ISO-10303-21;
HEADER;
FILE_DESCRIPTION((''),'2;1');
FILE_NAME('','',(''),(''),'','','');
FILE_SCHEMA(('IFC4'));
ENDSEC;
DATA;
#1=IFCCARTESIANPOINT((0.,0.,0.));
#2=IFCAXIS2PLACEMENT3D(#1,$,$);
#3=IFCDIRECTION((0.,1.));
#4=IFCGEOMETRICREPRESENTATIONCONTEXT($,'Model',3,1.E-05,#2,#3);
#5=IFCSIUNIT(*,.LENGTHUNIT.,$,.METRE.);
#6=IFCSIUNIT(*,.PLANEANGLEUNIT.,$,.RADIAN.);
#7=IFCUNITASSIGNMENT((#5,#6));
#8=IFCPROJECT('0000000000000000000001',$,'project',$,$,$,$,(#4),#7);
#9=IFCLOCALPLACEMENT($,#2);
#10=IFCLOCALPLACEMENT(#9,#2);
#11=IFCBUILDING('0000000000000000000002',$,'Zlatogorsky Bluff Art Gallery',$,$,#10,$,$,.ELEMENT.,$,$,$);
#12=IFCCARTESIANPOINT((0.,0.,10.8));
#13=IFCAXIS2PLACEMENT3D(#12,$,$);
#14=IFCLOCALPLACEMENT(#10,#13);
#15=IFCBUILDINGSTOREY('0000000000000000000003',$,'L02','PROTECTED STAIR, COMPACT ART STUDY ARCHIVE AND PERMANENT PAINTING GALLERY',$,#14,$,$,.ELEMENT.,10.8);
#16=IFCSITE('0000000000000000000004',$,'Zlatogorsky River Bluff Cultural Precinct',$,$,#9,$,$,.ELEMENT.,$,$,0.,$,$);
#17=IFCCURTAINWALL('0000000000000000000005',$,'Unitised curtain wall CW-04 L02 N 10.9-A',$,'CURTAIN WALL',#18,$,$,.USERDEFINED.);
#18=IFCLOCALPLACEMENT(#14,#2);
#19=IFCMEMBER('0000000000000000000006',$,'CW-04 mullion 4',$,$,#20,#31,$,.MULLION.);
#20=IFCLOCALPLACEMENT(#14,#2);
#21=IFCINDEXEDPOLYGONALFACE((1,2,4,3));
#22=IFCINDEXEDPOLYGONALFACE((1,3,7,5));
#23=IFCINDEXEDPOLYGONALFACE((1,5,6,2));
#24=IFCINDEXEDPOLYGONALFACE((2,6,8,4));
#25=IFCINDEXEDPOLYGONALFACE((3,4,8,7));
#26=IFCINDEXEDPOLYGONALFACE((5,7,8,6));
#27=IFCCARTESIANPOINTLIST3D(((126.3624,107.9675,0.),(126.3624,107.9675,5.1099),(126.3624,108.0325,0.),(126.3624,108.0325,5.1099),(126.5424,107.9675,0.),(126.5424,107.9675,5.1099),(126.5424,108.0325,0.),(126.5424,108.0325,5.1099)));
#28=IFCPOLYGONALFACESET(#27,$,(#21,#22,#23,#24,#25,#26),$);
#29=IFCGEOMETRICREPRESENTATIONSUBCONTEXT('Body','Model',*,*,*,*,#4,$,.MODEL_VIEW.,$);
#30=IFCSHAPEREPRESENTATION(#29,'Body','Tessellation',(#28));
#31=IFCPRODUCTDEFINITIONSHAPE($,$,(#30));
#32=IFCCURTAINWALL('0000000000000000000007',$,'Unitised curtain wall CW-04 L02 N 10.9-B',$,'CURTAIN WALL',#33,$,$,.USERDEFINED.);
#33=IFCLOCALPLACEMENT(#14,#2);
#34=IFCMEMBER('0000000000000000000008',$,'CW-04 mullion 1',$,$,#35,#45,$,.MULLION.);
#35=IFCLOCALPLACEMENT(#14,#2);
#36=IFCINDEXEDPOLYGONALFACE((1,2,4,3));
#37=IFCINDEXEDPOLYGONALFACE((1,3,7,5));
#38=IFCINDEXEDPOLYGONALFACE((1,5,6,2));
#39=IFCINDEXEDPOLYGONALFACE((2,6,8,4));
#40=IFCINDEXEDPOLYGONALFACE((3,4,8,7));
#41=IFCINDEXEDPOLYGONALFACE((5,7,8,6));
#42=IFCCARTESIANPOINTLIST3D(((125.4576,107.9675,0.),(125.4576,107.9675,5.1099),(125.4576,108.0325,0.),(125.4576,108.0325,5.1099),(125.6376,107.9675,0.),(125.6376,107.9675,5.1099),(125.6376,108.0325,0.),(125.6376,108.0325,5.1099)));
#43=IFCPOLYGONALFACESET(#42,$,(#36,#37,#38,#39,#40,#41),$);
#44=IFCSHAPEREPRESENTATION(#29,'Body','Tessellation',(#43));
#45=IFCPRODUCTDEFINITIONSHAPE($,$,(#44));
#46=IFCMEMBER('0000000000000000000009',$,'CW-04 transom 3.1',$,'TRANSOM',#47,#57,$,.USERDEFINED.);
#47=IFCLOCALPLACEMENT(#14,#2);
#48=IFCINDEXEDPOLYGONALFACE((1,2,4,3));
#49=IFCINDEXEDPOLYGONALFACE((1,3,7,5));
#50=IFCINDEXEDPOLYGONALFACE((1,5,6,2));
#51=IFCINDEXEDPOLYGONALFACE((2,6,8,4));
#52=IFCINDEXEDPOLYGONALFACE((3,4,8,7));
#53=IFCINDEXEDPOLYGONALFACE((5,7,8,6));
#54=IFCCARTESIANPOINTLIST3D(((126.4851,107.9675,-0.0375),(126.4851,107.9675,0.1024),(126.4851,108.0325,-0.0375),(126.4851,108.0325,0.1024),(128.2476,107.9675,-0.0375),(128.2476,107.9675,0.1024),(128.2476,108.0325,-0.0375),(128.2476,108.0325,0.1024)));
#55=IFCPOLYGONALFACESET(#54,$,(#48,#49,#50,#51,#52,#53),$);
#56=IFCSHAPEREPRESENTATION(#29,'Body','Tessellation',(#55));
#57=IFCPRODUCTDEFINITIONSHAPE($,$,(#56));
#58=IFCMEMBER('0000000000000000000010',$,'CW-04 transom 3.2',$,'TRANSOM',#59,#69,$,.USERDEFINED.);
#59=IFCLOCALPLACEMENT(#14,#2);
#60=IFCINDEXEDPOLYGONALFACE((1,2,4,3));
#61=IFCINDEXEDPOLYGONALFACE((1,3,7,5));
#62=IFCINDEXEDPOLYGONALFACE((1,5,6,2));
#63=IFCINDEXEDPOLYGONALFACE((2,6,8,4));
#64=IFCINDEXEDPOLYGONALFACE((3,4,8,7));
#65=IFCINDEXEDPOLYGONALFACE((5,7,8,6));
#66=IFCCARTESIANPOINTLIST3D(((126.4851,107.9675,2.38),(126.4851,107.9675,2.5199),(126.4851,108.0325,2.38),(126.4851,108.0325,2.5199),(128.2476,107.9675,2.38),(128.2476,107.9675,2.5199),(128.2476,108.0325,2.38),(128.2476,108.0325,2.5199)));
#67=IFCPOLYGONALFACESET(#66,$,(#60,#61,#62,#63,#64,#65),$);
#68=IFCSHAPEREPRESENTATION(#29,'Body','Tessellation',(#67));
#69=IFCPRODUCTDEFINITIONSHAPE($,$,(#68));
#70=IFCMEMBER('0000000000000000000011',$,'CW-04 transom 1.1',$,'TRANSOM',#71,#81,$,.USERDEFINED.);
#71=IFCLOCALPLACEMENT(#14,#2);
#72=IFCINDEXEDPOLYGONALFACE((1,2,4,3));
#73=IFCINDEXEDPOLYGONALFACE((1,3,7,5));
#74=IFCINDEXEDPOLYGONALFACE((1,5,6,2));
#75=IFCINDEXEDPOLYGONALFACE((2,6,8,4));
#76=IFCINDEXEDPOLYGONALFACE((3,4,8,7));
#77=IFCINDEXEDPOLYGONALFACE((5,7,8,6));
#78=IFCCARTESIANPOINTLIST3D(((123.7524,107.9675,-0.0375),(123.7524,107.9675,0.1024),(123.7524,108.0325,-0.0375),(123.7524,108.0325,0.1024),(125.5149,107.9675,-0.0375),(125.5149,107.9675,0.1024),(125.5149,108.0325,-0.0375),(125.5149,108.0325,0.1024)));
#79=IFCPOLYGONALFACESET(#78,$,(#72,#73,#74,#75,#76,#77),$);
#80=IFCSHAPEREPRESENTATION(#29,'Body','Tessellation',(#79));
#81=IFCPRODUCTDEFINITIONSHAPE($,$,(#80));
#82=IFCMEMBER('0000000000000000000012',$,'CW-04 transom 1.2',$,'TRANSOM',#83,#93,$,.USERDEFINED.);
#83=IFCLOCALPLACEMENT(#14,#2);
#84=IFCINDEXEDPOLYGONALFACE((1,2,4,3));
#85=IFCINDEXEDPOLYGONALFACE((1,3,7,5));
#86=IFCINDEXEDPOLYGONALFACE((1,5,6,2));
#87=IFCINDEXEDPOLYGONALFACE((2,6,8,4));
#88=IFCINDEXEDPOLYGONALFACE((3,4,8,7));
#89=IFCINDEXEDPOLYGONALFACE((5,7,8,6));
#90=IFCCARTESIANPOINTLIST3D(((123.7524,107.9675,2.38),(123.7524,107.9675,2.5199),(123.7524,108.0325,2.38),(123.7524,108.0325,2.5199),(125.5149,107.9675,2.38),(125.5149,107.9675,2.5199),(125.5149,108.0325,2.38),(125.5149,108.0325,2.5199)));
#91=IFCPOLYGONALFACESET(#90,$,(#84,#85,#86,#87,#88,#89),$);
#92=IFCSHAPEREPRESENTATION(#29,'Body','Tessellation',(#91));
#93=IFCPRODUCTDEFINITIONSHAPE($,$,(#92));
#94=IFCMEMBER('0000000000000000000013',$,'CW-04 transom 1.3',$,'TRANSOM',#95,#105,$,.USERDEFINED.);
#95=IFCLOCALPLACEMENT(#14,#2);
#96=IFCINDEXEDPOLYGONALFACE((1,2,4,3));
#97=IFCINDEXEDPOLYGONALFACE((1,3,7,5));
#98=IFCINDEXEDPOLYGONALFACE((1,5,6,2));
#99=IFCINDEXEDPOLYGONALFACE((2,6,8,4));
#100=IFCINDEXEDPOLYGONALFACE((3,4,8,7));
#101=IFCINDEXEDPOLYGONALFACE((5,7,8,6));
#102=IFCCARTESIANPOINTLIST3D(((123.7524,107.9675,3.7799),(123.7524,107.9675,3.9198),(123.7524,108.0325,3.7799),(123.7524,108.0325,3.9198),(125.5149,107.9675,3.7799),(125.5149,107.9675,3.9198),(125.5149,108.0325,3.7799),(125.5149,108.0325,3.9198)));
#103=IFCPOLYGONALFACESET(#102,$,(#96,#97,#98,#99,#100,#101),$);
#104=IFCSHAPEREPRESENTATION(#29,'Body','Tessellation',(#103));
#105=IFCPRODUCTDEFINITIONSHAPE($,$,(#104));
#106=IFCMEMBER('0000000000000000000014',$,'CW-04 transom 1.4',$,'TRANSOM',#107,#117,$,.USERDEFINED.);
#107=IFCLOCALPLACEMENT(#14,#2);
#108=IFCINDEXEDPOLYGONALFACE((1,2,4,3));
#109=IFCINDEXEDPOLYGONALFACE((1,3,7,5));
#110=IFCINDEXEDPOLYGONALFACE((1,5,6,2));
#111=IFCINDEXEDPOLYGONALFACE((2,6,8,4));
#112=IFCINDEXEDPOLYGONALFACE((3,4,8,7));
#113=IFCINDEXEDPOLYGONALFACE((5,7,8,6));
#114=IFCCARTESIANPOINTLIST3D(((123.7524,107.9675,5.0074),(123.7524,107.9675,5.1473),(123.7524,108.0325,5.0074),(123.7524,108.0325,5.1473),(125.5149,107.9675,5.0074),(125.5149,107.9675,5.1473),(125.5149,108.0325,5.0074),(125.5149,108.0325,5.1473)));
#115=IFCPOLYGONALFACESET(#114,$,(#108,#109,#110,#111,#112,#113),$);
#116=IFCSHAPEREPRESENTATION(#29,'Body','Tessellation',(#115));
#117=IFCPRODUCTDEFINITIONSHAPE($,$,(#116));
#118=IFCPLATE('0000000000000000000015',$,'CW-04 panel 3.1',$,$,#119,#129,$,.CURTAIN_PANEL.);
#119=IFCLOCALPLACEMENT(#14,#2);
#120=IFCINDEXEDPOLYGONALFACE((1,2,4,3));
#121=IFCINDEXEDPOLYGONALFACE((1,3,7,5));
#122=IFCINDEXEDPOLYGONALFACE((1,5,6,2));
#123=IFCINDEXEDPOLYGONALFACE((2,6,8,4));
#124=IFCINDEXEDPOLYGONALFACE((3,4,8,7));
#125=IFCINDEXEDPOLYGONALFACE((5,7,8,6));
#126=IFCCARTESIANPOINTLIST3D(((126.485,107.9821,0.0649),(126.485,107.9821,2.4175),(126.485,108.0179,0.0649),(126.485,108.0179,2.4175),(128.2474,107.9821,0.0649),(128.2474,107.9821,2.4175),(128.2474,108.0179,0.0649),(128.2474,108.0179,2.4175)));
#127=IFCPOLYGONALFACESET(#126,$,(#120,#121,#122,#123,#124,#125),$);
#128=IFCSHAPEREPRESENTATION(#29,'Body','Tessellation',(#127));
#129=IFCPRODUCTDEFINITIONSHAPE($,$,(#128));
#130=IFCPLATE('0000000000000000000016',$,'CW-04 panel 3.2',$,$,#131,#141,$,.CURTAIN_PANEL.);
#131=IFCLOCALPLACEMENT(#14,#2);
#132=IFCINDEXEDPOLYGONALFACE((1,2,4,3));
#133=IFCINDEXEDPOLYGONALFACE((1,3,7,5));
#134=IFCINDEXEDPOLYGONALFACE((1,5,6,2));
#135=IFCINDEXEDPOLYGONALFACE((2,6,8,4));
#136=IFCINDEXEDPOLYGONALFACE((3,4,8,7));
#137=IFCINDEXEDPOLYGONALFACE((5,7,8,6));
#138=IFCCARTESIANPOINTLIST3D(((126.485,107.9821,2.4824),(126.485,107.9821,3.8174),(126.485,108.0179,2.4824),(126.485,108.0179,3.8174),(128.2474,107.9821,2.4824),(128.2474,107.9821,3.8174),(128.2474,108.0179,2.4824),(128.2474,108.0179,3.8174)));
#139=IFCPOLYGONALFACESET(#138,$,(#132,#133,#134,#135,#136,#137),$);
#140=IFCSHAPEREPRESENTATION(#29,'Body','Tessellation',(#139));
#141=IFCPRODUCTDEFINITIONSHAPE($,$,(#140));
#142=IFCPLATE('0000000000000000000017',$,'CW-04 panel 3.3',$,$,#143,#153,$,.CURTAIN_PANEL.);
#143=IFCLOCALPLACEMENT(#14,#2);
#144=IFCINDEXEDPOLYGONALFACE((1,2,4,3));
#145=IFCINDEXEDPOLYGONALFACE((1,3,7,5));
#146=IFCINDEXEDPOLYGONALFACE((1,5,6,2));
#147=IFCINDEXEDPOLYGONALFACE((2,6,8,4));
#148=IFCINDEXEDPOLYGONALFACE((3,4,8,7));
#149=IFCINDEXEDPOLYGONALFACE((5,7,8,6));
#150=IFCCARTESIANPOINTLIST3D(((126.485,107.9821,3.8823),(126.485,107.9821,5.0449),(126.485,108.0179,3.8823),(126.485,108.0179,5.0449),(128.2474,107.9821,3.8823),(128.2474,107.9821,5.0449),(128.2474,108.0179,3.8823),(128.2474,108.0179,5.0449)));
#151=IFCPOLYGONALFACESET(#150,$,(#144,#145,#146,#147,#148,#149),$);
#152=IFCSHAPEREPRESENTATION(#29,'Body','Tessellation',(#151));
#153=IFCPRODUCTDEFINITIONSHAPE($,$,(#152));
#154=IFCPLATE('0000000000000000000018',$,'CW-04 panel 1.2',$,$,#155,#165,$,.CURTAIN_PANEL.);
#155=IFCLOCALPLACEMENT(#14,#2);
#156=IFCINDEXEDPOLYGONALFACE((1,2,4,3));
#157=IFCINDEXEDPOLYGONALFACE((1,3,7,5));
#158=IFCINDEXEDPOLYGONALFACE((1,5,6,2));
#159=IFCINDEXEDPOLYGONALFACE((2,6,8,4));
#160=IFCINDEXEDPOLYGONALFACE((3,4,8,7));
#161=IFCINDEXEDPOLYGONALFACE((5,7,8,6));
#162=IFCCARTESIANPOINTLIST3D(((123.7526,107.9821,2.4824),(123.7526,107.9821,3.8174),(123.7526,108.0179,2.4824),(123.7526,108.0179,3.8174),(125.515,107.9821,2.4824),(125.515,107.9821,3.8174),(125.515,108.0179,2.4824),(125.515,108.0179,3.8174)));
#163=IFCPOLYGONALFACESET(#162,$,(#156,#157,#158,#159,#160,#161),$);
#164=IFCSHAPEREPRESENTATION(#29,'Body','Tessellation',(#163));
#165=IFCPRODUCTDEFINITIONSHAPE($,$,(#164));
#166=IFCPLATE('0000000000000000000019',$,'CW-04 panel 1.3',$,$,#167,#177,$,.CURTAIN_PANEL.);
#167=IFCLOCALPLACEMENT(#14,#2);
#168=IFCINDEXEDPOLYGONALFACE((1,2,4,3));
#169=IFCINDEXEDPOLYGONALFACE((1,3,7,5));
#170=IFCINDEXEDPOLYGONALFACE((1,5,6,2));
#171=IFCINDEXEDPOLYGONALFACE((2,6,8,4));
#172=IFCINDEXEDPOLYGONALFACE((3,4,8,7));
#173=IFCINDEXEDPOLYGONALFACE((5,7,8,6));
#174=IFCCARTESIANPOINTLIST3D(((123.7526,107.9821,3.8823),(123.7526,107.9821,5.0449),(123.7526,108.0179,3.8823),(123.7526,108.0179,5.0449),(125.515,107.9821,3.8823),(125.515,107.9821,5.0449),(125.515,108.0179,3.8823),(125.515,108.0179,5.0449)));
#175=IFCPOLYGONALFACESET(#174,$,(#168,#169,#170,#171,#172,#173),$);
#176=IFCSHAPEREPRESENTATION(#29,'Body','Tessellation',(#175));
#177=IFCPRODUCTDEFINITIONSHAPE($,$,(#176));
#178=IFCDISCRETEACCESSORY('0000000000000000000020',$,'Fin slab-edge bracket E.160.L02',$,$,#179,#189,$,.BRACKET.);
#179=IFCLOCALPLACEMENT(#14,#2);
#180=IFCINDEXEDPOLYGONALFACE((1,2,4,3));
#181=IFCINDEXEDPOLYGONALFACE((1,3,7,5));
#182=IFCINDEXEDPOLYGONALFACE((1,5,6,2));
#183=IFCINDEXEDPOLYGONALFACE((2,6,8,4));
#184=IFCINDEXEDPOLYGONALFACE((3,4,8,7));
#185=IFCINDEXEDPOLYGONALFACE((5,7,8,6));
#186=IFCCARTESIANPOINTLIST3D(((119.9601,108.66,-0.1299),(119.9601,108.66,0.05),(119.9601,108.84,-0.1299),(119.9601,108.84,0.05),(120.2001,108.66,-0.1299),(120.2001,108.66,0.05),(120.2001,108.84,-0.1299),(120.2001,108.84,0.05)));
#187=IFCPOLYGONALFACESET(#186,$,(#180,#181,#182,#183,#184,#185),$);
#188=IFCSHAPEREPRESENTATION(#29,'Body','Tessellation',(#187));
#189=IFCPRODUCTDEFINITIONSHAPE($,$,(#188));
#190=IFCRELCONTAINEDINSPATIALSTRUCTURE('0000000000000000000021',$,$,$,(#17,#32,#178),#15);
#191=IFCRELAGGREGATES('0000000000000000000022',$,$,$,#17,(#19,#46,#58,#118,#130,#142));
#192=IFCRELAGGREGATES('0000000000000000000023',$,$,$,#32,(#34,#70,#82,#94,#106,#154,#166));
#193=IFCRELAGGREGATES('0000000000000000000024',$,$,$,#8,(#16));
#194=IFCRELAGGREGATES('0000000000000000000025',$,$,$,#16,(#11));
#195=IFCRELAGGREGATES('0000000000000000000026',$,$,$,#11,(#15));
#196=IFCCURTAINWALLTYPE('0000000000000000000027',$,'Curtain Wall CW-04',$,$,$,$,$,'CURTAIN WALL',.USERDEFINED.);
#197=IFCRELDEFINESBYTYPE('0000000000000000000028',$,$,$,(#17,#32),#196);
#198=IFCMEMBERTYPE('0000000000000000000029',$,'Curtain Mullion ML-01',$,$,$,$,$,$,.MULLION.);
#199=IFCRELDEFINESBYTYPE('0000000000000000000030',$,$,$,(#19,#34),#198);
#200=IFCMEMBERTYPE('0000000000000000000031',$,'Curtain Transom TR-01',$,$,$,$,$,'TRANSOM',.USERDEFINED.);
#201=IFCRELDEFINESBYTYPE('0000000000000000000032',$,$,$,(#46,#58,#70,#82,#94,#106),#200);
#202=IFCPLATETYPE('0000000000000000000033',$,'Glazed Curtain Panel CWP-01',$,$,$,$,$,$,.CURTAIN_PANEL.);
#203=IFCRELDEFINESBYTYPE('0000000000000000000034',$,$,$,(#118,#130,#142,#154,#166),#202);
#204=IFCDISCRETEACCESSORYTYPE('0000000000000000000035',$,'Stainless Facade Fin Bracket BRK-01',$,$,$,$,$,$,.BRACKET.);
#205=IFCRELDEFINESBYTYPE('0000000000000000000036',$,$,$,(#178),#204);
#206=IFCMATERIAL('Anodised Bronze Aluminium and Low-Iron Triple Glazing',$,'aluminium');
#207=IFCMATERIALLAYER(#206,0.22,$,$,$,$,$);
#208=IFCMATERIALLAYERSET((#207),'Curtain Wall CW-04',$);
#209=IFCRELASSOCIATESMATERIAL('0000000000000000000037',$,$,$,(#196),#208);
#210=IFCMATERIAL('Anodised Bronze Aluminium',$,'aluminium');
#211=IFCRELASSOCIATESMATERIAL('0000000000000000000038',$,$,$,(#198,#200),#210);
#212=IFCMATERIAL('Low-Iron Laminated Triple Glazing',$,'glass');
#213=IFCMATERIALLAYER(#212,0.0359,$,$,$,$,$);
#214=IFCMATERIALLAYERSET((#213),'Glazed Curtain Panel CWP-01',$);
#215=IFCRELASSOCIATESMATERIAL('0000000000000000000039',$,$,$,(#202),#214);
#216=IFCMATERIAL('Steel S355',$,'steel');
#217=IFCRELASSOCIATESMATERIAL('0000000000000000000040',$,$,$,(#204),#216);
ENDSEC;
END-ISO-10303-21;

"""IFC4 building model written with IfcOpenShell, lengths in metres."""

from ifc_helpers import new_model, si_unit, direction, frame, origin, origin_2d, place, context, subcontext, project, spatial, rectangle, extrude, material, layer, layer_set, material_profile, profile_set, type_object, element, aggregate, save


model = new_model("IFC4")

# Units and contexts
model_context = context("Model", 3, precision=1e-05, world=origin(), true_north=direction((0.0, 1.0)))
body_context = subcontext(model_context, "Body", "Model", "MODEL_VIEW")
ifc_project = project(units=[si_unit("LENGTHUNIT", "METRE"), si_unit("PLANEANGLEUNIT", "RADIAN")], contexts=[model_context])

# Site, building, storey
site_placement = place(None, origin())
site = spatial("IfcSite", under=ifc_project, at=site_placement, Name="Zlatogorsky River Bluff Cultural Precinct", CompositionType="ELEMENT", RefElevation=0.0)
building_placement = place(site_placement, origin())
building = spatial("IfcBuilding", under=site, at=building_placement, Name="Zlatogorsky Bluff Art Gallery", CompositionType="ELEMENT")
storey_placement = place(building_placement, frame((0.0, 0.0, 10.8)))
storey = spatial("IfcBuildingStorey", under=building, at=storey_placement, Name="L02", Description="PROTECTED STAIR, COMPACT ART STUDY ARCHIVE AND PERMANENT PAINTING GALLERY", CompositionType="ELEMENT", Elevation=10.8)

# Curtain walls, members
ifc_material_1 = material(Name="Anodised Bronze Aluminium and Low-Iron Triple Glazing", Category="aluminium")
ifc_layer_1 = layer(ifc_material_1, 0.22)
ifc_layer_set_1 = layer_set([ifc_layer_1], Name="Curtain Wall CW-04")
curtain_wall_type = type_object("IfcCurtainWallType", Name="Curtain Wall CW-04", ElementType="CURTAIN WALL", PredefinedType="USERDEFINED", material=ifc_layer_set_1)
curtain_wall_1_placement = place(storey_placement, origin())
curtain_wall_1 = element("IfcCurtainWall", 1, at=curtain_wall_1_placement, inside=storey, type_object=curtain_wall_type, Name="Unitised curtain wall CW-04 L02 N 10.9-A", ObjectType="CURTAIN WALL", PredefinedType="USERDEFINED")
ifc_material_2 = material(Name="Anodised Bronze Aluminium", Category="aluminium")
ifc_material_profile_1 = material_profile(ifc_material_2, rectangle(XDim=0.0649, YDim=0.1799, at=origin_2d()), Name="ALU MULLION 65x180")
ifc_profile_set_1 = profile_set([ifc_material_profile_1], Name="Anodised Bronze Aluminium")
member_type_1 = type_object("IfcMemberType", Name="Curtain Mullion ML-01", PredefinedType="MULLION", material=ifc_profile_set_1)
member_1_placement = place(storey_placement, frame((126.4524, 108.0, 0.0), z_axis=(0.0, 0.0, 1.0), x_axis=(0.0, -1.0, 0.0)))
member_1 = element("IfcMember", 2, at=member_1_placement, type_object=member_type_1, Name="CW-04 mullion 4", PredefinedType="MULLION", context=body_context, shape_type="SweptSolid", body=[
    extrude(rectangle(XDim=0.0649, YDim=0.1799, at=origin_2d()), origin(), (0.0, 0.0, 1.0), 5.1099),
])
curtain_wall_2_placement = place(storey_placement, origin())
curtain_wall_2 = element("IfcCurtainWall", 3, at=curtain_wall_2_placement, inside=storey, type_object=curtain_wall_type, Name="Unitised curtain wall CW-04 L02 N 10.9-B", ObjectType="CURTAIN WALL", PredefinedType="USERDEFINED")
member_2_placement = place(storey_placement, frame((125.5476, 108.0, 0.0), z_axis=(0.0, 0.0, 1.0), x_axis=(0.0, -1.0, 0.0)))
member_2 = element("IfcMember", 4, at=member_2_placement, type_object=member_type_1, Name="CW-04 mullion 1", PredefinedType="MULLION", context=body_context, shape_type="SweptSolid", body=[
    extrude(rectangle(XDim=0.0649, YDim=0.1799, at=origin_2d()), origin(), (0.0, 0.0, 1.0), 5.1099),
])

# Members
ifc_material_profile_2 = material_profile(ifc_material_2, rectangle(XDim=0.0649, YDim=0.1399, at=origin_2d()), Name="ALU TRANSOM 65x140")
ifc_profile_set_2 = profile_set([ifc_material_profile_2], Name="Anodised Bronze Aluminium")
member_type_2 = type_object("IfcMemberType", Name="Curtain Transom TR-01", ElementType="TRANSOM", PredefinedType="USERDEFINED", material=ifc_profile_set_2)
member_3_placement = place(storey_placement, frame((128.2476, 108.0, 0.0325), z_axis=(-1.0, 0.0, 0.0), x_axis=(0.0, -1.0, 0.0)))
member_3 = element("IfcMember", 5, at=member_3_placement, type_object=member_type_2, Name="CW-04 transom 3.1", ObjectType="TRANSOM", PredefinedType="USERDEFINED", context=body_context, shape_type="SweptSolid", body=[
    extrude(rectangle(XDim=0.0649, YDim=0.1399, at=origin_2d()), origin(), (0.0, 0.0, 1.0), 1.7625),
])
member_4_placement = place(storey_placement, frame((128.2476, 108.0, 2.45), z_axis=(-1.0, 0.0, 0.0), x_axis=(0.0, -1.0, 0.0)))
member_4 = element("IfcMember", 6, at=member_4_placement, type_object=member_type_2, Name="CW-04 transom 3.2", ObjectType="TRANSOM", PredefinedType="USERDEFINED", context=body_context, shape_type="SweptSolid", body=[
    extrude(rectangle(XDim=0.0649, YDim=0.1399, at=origin_2d()), origin(), (0.0, 0.0, 1.0), 1.7625),
])
member_5_placement = place(storey_placement, frame((125.5149, 108.0, 0.0325), z_axis=(-1.0, 0.0, 0.0), x_axis=(0.0, -1.0, 0.0)))
member_5 = element("IfcMember", 7, at=member_5_placement, type_object=member_type_2, Name="CW-04 transom 1.1", ObjectType="TRANSOM", PredefinedType="USERDEFINED", context=body_context, shape_type="SweptSolid", body=[
    extrude(rectangle(XDim=0.0649, YDim=0.1399, at=origin_2d()), origin(), (0.0, 0.0, 1.0), 1.7625),
])
member_6_placement = place(storey_placement, frame((125.5149, 108.0, 2.45), z_axis=(-1.0, 0.0, 0.0), x_axis=(0.0, -1.0, 0.0)))
member_6 = element("IfcMember", 8, at=member_6_placement, type_object=member_type_2, Name="CW-04 transom 1.2", ObjectType="TRANSOM", PredefinedType="USERDEFINED", context=body_context, shape_type="SweptSolid", body=[
    extrude(rectangle(XDim=0.0649, YDim=0.1399, at=origin_2d()), origin(), (0.0, 0.0, 1.0), 1.7625),
])
member_7_placement = place(storey_placement, frame((125.5149, 108.0, 3.8499), z_axis=(-1.0, 0.0, 0.0), x_axis=(0.0, -1.0, 0.0)))
member_7 = element("IfcMember", 9, at=member_7_placement, type_object=member_type_2, Name="CW-04 transom 1.3", ObjectType="TRANSOM", PredefinedType="USERDEFINED", context=body_context, shape_type="SweptSolid", body=[
    extrude(rectangle(XDim=0.0649, YDim=0.1399, at=origin_2d()), origin(), (0.0, 0.0, 1.0), 1.7625),
])
member_8_placement = place(storey_placement, frame((125.5149, 108.0, 5.0774), z_axis=(-1.0, 0.0, 0.0), x_axis=(0.0, -1.0, 0.0)))
member_8 = element("IfcMember", 10, at=member_8_placement, type_object=member_type_2, Name="CW-04 transom 1.4", ObjectType="TRANSOM", PredefinedType="USERDEFINED", context=body_context, shape_type="SweptSolid", body=[
    extrude(rectangle(XDim=0.0649, YDim=0.1399, at=origin_2d()), origin(), (0.0, 0.0, 1.0), 1.7625),
])

# Plates
ifc_material_3 = material(Name="Low-Iron Laminated Triple Glazing", Category="glass")
ifc_layer_2 = layer(ifc_material_3, 0.0359)
ifc_layer_set_2 = layer_set([ifc_layer_2], Name="Glazed Curtain Panel CWP-01")
plate_type = type_object("IfcPlateType", Name="Glazed Curtain Panel CWP-01", PredefinedType="CURTAIN_PANEL", material=ifc_layer_set_2)
plate_1_placement = place(storey_placement, frame((127.3662, 108.0, 0.0649), z_axis=(0.0, 0.0, 1.0), x_axis=(-1.0, 0.0, 0.0)))
plate_1 = element("IfcPlate", 11, at=plate_1_placement, type_object=plate_type, Name="CW-04 panel 3.1", PredefinedType="CURTAIN_PANEL", context=body_context, shape_type="SweptSolid", body=[
    extrude(rectangle(XDim=1.7625, YDim=0.0359, at=origin_2d()), origin(), (0.0, 0.0, 1.0), 2.3525),
])
plate_2_placement = place(storey_placement, frame((127.3662, 108.0, 2.4824), z_axis=(0.0, 0.0, 1.0), x_axis=(-1.0, 0.0, 0.0)))
plate_2 = element("IfcPlate", 12, at=plate_2_placement, type_object=plate_type, Name="CW-04 panel 3.2", PredefinedType="CURTAIN_PANEL", context=body_context, shape_type="SweptSolid", body=[
    extrude(rectangle(XDim=1.7625, YDim=0.0359, at=origin_2d()), origin(), (0.0, 0.0, 1.0), 1.335),
])
plate_3_placement = place(storey_placement, frame((127.3662, 108.0, 3.8823), z_axis=(0.0, 0.0, 1.0), x_axis=(-1.0, 0.0, 0.0)))
plate_3 = element("IfcPlate", 13, at=plate_3_placement, type_object=plate_type, Name="CW-04 panel 3.3", PredefinedType="CURTAIN_PANEL", context=body_context, shape_type="SweptSolid", body=[
    extrude(rectangle(XDim=1.7625, YDim=0.0359, at=origin_2d()), origin(), (0.0, 0.0, 1.0), 1.1626),
])
aggregate(curtain_wall_1, [member_1, member_3, member_4, plate_1, plate_2, plate_3])
plate_4_placement = place(storey_placement, frame((124.6338, 108.0, 2.4824), z_axis=(0.0, 0.0, 1.0), x_axis=(-1.0, 0.0, 0.0)))
plate_4 = element("IfcPlate", 14, at=plate_4_placement, type_object=plate_type, Name="CW-04 panel 1.2", PredefinedType="CURTAIN_PANEL", context=body_context, shape_type="SweptSolid", body=[
    extrude(rectangle(XDim=1.7625, YDim=0.0359, at=origin_2d()), origin(), (0.0, 0.0, 1.0), 1.335),
])
plate_5_placement = place(storey_placement, frame((124.6338, 108.0, 3.8823), z_axis=(0.0, 0.0, 1.0), x_axis=(-1.0, 0.0, 0.0)))
plate_5 = element("IfcPlate", 15, at=plate_5_placement, type_object=plate_type, Name="CW-04 panel 1.3", PredefinedType="CURTAIN_PANEL", context=body_context, shape_type="SweptSolid", body=[
    extrude(rectangle(XDim=1.7625, YDim=0.0359, at=origin_2d()), origin(), (0.0, 0.0, 1.0), 1.1626),
])
aggregate(curtain_wall_2, [member_2, member_5, member_6, member_7, member_8, plate_4, plate_5])

# Discrete accessory
ifc_material_4 = material(Name="Steel S355", Category="steel")
discrete_accessory_type = type_object("IfcDiscreteAccessoryType", Name="Stainless Facade Fin Bracket BRK-01", PredefinedType="BRACKET", material=ifc_material_4)
for number, where, z_axis, x_axis, name in (
    (16, (120.0801, 108.75, -0.1299), (0.0, 0.0, 1.0), (1.0, 0.0, 0.0), "Fin slab-edge bracket E.160.L02"),
):
    element("IfcDiscreteAccessory", number, at=place(storey_placement, frame(where, z_axis=z_axis, x_axis=x_axis)), inside=storey, type_object=discrete_accessory_type, Name=name, PredefinedType="BRACKET", context=body_context, shape_type="SweptSolid", body=[
        extrude(rectangle(XDim=0.24, YDim=0.1799, at=origin_2d()), origin(), (0.0, 0.0, 1.0), 0.1799),
    ])

save(model, "model.ifc")
